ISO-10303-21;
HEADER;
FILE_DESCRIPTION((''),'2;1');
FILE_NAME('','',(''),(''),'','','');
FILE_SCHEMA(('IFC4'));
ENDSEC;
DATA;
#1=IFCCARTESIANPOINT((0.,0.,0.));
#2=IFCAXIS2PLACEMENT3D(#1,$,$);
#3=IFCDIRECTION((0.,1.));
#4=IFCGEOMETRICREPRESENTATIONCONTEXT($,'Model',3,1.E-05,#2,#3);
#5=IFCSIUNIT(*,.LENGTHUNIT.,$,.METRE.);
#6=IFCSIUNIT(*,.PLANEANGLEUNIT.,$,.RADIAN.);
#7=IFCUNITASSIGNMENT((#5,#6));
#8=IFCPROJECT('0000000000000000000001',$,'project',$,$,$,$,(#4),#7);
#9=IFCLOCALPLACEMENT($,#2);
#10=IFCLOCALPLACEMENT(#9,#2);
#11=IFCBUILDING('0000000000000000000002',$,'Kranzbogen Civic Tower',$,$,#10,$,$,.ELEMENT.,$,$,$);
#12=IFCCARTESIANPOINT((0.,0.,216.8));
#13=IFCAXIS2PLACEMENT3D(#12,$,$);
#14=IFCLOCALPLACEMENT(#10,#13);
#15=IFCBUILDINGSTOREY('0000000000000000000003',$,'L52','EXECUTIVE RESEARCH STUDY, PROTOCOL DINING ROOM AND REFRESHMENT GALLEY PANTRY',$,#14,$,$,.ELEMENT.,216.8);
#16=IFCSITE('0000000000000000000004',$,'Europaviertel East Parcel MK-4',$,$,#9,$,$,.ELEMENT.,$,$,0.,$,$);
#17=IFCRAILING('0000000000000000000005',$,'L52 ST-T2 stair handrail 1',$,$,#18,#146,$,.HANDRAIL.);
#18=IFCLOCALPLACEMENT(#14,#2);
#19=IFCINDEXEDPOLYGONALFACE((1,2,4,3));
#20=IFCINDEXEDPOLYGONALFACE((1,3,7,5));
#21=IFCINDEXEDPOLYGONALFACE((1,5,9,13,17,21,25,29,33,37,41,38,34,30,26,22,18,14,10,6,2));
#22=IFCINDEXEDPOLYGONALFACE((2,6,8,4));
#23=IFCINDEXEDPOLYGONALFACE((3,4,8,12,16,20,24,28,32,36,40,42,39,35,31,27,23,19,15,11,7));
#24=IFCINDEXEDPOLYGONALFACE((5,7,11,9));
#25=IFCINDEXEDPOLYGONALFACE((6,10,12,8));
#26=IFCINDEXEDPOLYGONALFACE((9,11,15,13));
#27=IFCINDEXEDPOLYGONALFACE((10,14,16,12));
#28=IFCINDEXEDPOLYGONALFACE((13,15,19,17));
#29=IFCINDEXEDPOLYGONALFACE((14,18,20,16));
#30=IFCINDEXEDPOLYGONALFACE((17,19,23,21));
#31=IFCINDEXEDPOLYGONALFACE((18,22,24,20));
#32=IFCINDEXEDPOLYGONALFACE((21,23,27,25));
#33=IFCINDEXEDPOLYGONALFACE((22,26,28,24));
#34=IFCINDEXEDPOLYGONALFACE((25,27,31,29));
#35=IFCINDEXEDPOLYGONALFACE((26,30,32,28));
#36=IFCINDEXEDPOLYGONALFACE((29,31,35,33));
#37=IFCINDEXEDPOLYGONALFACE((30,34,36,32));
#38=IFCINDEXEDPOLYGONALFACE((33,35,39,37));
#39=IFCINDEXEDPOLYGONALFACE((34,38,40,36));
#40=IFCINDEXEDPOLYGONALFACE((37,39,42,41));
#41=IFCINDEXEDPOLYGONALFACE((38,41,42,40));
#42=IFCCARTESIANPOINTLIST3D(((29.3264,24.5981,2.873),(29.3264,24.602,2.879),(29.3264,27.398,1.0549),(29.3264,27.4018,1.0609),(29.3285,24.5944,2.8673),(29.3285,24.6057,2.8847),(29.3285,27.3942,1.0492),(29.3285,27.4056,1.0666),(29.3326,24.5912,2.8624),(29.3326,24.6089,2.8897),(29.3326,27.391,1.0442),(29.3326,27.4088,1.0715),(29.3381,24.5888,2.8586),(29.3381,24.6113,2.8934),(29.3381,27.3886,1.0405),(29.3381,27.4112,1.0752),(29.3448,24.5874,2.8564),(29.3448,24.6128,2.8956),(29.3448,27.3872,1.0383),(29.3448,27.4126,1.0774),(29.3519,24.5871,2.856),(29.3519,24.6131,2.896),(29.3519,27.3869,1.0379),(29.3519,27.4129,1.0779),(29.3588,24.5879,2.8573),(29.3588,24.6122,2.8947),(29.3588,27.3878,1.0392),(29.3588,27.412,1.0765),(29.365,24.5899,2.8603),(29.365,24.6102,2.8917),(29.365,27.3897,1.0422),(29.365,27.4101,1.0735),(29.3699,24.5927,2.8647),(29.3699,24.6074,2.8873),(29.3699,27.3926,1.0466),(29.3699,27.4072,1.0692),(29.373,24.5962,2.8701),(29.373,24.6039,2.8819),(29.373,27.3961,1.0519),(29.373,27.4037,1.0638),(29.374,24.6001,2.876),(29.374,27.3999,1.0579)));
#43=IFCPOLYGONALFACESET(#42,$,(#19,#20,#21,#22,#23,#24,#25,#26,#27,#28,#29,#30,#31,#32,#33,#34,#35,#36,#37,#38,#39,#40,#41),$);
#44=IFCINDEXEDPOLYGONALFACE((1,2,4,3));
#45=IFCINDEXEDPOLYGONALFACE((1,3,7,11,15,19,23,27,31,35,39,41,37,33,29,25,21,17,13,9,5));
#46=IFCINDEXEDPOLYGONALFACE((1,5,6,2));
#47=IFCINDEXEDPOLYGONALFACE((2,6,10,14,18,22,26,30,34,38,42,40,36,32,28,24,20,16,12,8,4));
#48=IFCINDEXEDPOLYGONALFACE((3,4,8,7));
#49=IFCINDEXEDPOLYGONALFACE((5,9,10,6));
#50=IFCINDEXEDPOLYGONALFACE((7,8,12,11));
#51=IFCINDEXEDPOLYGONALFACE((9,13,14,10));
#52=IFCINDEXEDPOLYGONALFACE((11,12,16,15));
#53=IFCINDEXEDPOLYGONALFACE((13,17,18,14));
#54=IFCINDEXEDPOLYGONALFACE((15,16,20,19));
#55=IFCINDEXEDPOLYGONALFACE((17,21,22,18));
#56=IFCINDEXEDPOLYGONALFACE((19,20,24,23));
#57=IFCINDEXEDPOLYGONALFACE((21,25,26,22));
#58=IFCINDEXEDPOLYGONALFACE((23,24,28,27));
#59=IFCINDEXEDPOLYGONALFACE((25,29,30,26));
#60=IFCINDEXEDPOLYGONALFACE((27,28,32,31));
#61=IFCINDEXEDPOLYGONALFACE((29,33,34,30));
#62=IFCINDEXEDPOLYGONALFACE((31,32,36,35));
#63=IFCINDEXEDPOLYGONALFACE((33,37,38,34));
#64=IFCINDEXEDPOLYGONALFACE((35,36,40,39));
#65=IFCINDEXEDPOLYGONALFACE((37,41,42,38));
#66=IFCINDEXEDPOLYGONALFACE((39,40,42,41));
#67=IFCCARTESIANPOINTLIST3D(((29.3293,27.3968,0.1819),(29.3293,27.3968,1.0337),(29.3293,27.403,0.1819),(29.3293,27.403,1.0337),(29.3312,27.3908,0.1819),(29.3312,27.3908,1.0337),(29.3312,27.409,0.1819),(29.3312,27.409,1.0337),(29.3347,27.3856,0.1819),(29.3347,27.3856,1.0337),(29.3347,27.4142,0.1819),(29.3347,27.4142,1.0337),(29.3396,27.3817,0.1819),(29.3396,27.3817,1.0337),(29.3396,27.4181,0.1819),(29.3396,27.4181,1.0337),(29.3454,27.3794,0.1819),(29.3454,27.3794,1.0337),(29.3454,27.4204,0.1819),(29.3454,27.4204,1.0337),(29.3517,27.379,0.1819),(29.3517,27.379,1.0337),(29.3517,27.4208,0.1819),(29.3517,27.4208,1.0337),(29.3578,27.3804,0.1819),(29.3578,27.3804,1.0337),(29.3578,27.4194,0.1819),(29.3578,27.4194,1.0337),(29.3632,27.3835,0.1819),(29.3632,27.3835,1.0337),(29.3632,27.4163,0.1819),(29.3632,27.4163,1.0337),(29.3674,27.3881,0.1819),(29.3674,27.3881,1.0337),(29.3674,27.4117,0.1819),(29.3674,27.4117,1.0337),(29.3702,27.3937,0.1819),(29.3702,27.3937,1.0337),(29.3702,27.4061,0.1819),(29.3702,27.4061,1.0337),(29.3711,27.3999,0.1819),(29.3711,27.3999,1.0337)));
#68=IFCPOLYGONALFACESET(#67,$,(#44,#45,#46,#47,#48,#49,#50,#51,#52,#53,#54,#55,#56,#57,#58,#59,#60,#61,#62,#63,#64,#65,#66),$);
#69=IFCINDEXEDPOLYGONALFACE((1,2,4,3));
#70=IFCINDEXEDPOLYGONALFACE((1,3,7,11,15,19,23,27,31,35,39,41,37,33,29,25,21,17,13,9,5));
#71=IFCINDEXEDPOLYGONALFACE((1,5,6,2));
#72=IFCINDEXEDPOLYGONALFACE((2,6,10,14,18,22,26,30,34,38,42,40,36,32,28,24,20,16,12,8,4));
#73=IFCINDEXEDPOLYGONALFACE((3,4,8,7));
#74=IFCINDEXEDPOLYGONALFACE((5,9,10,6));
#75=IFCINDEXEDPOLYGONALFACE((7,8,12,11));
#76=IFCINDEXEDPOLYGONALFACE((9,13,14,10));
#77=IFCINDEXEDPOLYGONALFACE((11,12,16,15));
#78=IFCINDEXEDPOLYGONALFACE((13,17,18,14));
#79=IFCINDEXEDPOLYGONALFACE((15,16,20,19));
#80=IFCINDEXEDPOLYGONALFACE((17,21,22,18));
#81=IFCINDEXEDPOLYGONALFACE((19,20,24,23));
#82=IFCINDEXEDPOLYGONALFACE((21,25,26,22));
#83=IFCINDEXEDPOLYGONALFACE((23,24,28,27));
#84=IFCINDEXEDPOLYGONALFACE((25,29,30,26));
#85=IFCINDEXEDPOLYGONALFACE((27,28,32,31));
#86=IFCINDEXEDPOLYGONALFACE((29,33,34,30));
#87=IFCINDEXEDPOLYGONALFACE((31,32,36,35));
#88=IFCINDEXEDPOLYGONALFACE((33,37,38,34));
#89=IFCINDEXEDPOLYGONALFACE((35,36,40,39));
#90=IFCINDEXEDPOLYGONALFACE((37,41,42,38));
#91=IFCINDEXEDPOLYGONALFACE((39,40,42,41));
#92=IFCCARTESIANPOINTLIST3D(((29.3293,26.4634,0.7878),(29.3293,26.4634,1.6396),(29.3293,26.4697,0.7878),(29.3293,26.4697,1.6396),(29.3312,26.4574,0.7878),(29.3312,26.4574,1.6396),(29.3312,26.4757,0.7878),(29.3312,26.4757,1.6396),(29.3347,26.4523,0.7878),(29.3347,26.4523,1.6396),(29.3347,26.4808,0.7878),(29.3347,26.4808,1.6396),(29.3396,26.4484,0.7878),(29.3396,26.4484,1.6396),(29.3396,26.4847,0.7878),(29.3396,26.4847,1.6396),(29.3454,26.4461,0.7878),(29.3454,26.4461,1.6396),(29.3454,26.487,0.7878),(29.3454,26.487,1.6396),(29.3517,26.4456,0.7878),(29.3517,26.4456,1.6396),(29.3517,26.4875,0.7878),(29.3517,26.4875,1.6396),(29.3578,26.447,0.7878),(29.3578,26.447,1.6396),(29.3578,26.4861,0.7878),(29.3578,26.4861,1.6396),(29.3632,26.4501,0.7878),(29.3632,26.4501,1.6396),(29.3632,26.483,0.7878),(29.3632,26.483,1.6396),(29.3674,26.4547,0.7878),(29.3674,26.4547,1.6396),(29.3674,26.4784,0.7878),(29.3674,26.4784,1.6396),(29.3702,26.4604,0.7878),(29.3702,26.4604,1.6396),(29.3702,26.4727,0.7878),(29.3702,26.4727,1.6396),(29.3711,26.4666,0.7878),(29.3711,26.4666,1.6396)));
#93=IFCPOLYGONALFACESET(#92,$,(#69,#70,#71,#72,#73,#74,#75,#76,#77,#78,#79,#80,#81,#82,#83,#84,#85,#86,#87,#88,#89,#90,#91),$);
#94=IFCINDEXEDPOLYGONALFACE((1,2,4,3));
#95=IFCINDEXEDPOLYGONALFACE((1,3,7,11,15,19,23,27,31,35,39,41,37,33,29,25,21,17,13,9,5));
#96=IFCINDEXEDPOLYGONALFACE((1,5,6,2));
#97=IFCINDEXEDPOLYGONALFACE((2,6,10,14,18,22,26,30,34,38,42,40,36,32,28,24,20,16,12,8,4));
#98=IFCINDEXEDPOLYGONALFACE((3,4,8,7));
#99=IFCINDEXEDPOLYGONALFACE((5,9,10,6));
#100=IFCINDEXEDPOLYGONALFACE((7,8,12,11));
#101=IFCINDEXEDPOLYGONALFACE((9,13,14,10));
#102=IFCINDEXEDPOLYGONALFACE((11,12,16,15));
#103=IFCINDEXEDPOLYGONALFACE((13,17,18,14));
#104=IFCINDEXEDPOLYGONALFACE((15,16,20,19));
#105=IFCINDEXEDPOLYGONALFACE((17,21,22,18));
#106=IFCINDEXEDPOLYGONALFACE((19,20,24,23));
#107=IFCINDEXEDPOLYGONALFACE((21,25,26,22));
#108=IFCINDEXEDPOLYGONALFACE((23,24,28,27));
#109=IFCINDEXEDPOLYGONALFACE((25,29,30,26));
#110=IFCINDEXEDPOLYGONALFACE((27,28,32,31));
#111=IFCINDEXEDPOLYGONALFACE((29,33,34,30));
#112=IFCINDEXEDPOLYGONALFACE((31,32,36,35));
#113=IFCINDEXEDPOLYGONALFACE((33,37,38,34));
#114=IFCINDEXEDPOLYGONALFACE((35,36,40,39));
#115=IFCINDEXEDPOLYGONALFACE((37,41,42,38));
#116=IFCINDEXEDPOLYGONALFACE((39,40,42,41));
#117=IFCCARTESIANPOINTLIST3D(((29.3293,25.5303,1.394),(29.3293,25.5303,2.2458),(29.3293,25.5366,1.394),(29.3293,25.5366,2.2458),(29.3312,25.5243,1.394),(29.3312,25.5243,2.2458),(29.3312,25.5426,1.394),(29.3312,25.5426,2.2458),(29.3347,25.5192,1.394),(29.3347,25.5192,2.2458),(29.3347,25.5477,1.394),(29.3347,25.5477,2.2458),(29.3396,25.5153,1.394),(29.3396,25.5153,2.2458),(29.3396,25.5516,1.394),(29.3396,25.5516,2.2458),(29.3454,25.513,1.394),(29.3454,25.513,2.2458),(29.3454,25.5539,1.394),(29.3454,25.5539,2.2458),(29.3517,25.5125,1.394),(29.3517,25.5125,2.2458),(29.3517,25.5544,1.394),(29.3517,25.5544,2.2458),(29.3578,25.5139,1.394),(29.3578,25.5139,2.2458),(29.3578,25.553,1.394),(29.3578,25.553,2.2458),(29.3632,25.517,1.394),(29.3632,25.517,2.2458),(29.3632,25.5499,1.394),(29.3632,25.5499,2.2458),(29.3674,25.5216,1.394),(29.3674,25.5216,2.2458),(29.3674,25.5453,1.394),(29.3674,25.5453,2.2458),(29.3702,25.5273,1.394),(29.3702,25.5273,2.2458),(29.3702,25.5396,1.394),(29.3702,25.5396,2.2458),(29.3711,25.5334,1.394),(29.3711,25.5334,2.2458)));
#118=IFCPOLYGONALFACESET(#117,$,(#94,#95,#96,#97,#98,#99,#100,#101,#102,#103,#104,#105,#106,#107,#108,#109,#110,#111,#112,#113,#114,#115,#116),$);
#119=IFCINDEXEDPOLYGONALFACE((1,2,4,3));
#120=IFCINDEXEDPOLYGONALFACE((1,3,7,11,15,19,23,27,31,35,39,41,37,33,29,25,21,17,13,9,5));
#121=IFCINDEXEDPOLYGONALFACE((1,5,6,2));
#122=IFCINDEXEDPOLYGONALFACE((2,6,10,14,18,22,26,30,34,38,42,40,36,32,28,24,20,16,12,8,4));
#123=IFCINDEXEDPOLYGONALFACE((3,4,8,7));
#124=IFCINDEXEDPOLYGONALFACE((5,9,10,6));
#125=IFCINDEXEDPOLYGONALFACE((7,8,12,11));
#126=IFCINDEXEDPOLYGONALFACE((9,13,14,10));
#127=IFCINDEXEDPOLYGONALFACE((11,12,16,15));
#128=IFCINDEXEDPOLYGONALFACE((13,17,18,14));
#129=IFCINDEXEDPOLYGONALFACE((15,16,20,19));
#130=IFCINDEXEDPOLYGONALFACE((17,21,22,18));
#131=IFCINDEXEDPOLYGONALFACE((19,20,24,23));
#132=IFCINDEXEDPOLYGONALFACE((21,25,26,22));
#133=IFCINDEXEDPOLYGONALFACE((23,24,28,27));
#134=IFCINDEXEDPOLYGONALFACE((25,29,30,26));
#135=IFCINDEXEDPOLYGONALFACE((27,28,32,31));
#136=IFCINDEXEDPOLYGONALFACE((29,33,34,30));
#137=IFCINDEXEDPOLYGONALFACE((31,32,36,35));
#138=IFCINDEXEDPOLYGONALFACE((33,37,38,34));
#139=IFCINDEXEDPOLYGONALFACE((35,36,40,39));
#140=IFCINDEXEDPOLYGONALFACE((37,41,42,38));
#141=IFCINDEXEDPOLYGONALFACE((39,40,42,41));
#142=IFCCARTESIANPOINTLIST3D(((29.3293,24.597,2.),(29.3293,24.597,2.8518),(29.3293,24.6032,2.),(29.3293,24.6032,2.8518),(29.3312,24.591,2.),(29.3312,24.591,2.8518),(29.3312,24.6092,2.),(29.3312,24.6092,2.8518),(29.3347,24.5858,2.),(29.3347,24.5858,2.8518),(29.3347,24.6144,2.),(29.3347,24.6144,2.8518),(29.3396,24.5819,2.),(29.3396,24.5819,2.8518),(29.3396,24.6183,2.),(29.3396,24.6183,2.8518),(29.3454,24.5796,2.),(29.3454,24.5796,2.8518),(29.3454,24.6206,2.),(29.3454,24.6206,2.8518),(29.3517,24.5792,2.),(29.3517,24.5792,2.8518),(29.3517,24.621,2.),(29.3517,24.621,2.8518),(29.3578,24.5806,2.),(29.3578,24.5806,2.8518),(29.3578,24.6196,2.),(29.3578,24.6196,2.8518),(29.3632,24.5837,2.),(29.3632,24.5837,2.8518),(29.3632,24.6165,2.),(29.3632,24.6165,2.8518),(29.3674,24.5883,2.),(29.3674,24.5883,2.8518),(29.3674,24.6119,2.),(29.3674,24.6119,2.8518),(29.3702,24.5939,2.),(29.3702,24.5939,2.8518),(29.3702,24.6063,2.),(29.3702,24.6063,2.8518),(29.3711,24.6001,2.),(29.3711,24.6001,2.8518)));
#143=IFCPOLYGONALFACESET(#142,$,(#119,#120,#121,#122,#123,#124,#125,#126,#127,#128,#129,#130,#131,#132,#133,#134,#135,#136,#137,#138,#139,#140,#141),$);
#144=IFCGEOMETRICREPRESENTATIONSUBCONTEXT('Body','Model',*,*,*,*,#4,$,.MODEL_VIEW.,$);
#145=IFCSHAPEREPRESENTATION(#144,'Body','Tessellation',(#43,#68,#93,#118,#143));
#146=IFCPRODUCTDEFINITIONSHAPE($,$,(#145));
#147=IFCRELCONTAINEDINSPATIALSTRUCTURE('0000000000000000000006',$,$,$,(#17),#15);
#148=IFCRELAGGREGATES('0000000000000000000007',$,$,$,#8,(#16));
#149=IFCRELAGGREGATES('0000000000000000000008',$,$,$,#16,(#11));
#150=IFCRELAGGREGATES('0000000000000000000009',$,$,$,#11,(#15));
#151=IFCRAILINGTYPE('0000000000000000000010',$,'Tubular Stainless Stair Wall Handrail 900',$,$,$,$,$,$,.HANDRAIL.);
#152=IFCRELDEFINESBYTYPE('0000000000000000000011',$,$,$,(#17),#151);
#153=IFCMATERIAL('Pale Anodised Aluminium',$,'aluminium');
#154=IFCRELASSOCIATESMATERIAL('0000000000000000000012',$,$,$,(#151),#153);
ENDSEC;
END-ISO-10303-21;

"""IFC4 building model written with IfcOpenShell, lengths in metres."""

from ifc_helpers import new_model, si_unit, direction, frame, origin, origin_2d, place, context, subcontext, project, spatial, circle, extrude, material, type_object, element, save


model = new_model("IFC4")

# Units and contexts
model_context = context("Model", 3, precision=1e-05, world=origin(), true_north=direction((0.0, 1.0)))
body_context = subcontext(model_context, "Body", "Model", "MODEL_VIEW")
ifc_project = project(units=[si_unit("LENGTHUNIT", "METRE"), si_unit("PLANEANGLEUNIT", "RADIAN")], contexts=[model_context])

# Site, building, storey
site_placement = place(None, origin())
site = spatial("IfcSite", under=ifc_project, at=site_placement, Name="Europaviertel East Parcel MK-4", CompositionType="ELEMENT", RefElevation=0.0)
building_placement = place(site_placement, origin())
building = spatial("IfcBuilding", under=site, at=building_placement, Name="Kranzbogen Civic Tower", CompositionType="ELEMENT")
storey_placement = place(building_placement, frame((0.0, 0.0, 216.8)))
storey = spatial("IfcBuildingStorey", under=building, at=storey_placement, Name="L52", Description="EXECUTIVE RESEARCH STUDY, PROTOCOL DINING ROOM AND REFRESHMENT GALLEY PANTRY", CompositionType="ELEMENT", Elevation=216.8)

# Shared definitions
ifc_material_1 = material(Name="Pale Anodised Aluminium", Category="aluminium")

# Railing
railing_type_1 = type_object("IfcRailingType", Name="Tubular Stainless Stair Wall Handrail 900", PredefinedType="HANDRAIL", material=ifc_material_1)
railing_1_placement = place(storey_placement, frame((29.3501, 27.3999, 0.1819)))
element("IfcRailing", 1, at=railing_1_placement, inside=storey, type_object=railing_type_1, Name="L52 ST-T2 stair handrail 1", PredefinedType="HANDRAIL", context=body_context, shape_type="SweptSolid", body=[
    extrude(circle(Radius=0.0239, at=origin_2d()), frame((0.0, 0.0, 0.876), z_axis=(0.0, -0.838684, 0.544618), x_axis=(1.0, 0.0, 0.0)), (0.0, 0.0, 1.0), 3.3384),
    extrude(circle(Radius=0.021, at=origin_2d()), origin(), (0.0, 0.0, 1.0), 0.8518),
    extrude(circle(Radius=0.021, at=origin_2d()), frame((0.0, -0.9333, 0.606)), (0.0, 0.0, 1.0), 0.8518),
    extrude(circle(Radius=0.021, at=origin_2d()), frame((0.0, -1.8665, 1.2122)), (0.0, 0.0, 1.0), 0.8518),
    extrude(circle(Radius=0.021, at=origin_2d()), frame((0.0, -2.7998, 1.8181)), (0.0, 0.0, 1.0), 0.8518),
])

save(model, "model.ifc")
